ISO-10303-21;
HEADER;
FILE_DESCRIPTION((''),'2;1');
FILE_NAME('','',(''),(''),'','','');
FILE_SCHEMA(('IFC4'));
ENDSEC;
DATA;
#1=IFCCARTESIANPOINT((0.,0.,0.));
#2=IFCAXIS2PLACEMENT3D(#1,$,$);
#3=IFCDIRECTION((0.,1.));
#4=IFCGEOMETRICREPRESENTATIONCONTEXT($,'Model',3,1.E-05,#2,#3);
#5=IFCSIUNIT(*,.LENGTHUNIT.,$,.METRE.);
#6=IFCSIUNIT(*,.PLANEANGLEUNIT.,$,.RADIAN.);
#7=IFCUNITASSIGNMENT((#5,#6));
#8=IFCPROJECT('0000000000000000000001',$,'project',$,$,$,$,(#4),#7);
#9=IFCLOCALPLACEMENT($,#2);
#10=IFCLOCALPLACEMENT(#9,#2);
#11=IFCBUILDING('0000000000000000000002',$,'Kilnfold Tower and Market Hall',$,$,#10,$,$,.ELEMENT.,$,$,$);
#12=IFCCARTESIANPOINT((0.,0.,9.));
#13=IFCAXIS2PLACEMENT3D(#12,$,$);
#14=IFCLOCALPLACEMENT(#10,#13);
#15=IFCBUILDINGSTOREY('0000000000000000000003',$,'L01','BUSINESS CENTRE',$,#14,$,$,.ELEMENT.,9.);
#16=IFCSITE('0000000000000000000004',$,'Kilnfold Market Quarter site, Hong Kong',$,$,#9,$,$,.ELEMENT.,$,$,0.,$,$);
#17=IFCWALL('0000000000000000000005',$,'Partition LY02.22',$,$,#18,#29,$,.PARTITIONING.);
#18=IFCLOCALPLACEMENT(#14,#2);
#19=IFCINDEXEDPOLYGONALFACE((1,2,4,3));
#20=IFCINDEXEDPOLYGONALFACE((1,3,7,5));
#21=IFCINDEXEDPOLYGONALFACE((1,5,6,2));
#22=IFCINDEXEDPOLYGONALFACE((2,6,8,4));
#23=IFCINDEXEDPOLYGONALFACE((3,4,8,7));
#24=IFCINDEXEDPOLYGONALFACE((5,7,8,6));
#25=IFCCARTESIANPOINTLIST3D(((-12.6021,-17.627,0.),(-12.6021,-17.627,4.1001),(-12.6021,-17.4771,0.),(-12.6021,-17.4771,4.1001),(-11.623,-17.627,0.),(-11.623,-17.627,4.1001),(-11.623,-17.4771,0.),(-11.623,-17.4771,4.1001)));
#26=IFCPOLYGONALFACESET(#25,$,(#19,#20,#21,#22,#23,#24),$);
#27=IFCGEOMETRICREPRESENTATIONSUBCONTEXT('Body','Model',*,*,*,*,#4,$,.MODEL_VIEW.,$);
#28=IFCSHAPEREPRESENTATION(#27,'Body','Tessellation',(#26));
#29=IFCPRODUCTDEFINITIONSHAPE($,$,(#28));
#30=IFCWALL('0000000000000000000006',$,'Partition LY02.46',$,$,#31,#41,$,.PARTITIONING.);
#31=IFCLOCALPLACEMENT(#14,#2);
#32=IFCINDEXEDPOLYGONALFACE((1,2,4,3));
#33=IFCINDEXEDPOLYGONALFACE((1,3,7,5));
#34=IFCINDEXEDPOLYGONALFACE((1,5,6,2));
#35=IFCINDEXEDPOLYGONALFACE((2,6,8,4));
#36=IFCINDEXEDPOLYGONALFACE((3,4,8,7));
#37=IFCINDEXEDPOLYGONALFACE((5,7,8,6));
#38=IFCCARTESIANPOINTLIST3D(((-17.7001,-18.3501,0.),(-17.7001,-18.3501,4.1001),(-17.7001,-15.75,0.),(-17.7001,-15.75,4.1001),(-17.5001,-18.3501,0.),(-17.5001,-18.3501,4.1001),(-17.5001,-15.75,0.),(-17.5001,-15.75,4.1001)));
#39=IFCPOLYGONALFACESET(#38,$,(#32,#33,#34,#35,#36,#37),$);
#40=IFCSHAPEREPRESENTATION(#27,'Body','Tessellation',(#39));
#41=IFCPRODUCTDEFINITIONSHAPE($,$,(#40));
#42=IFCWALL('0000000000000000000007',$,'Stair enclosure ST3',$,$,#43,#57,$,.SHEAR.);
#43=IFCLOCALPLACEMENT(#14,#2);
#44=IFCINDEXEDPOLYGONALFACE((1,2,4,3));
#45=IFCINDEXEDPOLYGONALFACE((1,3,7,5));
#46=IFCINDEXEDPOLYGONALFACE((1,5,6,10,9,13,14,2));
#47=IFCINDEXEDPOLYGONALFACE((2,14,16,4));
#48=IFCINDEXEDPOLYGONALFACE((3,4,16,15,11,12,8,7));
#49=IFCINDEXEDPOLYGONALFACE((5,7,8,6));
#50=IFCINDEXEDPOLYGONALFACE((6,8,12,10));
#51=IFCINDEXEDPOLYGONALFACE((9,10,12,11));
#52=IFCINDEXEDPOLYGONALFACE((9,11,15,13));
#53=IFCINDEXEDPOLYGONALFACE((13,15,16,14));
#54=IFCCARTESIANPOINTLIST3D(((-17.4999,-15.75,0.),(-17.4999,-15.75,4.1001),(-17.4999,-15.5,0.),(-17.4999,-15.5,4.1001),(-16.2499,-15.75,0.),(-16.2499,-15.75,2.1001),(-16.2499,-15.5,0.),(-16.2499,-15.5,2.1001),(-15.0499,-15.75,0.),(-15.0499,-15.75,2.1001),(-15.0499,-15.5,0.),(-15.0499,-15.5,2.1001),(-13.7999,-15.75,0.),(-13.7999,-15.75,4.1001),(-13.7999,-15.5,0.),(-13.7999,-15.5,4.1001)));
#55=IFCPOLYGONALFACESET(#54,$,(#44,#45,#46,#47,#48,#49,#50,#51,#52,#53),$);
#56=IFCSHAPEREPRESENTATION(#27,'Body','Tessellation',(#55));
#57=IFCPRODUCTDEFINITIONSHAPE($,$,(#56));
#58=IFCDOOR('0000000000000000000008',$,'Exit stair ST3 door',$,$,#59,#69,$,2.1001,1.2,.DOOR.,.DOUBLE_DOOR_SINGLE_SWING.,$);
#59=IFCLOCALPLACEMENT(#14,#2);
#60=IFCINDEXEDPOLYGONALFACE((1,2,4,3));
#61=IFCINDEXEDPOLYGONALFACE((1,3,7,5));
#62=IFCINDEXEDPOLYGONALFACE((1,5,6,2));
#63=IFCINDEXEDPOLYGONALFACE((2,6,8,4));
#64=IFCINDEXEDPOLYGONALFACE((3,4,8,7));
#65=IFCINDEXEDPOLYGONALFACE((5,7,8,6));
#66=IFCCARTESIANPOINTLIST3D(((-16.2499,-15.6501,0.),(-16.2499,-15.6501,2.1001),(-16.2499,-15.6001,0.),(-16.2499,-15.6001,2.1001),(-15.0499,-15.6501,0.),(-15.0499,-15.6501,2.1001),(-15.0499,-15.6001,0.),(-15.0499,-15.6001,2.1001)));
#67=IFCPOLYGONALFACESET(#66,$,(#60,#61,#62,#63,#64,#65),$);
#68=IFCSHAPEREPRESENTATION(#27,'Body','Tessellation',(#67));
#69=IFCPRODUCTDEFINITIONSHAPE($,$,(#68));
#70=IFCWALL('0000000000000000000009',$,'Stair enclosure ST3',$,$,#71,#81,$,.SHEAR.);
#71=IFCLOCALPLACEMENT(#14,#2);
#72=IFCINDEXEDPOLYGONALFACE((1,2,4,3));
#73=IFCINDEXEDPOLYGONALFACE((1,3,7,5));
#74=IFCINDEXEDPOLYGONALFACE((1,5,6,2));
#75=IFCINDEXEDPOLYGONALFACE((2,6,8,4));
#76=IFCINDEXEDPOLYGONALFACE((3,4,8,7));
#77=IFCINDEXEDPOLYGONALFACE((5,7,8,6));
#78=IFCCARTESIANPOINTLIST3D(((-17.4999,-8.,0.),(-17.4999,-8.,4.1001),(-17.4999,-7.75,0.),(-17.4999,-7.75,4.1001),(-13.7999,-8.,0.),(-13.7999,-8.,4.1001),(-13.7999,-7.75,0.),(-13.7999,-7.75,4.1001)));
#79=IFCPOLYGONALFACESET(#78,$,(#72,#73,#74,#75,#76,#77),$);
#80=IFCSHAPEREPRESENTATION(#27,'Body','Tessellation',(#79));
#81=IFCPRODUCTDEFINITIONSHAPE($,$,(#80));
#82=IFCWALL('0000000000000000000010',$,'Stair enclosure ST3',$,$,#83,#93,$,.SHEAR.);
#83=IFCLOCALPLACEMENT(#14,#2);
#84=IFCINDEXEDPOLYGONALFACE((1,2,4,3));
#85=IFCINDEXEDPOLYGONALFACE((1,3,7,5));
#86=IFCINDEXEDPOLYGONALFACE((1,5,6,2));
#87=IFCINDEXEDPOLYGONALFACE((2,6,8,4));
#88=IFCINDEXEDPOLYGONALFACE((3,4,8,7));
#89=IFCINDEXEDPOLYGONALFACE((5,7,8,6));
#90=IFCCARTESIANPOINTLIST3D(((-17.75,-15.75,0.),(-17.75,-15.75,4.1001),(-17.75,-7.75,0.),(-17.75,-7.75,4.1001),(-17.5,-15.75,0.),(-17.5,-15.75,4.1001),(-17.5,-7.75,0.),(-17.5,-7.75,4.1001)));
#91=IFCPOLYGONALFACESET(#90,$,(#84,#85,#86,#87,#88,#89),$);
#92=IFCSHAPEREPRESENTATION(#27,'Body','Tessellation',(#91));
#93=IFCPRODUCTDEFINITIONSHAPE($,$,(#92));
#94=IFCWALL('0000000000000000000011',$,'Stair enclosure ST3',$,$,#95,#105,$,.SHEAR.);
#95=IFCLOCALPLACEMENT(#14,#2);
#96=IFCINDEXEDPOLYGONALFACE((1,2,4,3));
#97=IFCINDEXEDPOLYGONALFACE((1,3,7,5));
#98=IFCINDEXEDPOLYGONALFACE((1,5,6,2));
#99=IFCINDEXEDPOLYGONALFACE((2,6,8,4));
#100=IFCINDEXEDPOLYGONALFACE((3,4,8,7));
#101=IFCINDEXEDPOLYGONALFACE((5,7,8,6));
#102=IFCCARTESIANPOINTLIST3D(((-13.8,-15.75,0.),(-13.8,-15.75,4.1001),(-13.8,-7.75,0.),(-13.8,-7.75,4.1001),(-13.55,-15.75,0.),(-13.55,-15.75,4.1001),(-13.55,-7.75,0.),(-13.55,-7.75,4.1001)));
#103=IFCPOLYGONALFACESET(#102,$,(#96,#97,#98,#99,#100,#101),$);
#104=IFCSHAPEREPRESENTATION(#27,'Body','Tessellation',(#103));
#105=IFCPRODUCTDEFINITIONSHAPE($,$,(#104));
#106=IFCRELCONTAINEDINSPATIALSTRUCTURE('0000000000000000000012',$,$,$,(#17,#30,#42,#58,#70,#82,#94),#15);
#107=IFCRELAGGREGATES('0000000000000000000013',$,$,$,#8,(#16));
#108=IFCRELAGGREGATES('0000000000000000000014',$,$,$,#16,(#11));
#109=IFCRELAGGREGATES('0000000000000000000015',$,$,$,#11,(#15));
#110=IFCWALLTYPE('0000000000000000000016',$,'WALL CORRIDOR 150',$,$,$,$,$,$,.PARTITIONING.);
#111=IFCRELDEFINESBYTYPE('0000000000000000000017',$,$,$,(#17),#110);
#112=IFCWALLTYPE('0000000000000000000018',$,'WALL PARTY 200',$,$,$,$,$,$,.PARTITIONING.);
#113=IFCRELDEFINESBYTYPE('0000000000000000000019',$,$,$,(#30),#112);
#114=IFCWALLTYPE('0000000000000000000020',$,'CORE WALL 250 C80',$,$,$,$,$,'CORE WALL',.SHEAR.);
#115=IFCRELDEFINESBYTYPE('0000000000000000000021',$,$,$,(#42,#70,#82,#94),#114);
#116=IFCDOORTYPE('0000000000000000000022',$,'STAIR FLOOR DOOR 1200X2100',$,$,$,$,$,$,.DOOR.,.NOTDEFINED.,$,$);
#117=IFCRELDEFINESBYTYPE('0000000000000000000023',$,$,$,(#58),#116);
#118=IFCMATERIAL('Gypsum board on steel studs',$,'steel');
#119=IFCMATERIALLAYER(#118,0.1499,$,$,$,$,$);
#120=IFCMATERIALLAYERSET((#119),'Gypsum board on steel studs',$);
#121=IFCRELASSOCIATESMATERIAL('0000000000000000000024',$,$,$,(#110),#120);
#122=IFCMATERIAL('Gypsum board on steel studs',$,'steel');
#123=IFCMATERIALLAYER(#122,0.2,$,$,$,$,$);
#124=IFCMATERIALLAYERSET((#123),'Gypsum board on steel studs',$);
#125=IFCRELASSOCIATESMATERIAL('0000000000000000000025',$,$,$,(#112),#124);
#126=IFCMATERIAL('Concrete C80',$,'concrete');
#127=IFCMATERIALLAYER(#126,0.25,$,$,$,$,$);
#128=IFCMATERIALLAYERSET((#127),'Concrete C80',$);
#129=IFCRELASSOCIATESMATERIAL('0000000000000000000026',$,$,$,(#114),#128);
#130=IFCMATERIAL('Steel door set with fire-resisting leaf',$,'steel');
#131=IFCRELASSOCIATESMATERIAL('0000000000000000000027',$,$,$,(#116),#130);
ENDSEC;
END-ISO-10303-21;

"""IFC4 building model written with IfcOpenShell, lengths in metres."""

from ifc_helpers import new_model, si_unit, direction, frame, frame_2d, origin, place, context, subcontext, project, spatial, rectangle, extrude, source, transform, mapped, material, layer, layer_set, type_object, element, fill, save


model = new_model("IFC4")

# Units and contexts
model_context = context("Model", 3, precision=1e-05, world=origin(), true_north=direction((0.0, 1.0)))
body_context = subcontext(model_context, "Body", "Model", "MODEL_VIEW")
ifc_project = project(units=[si_unit("LENGTHUNIT", "METRE"), si_unit("PLANEANGLEUNIT", "RADIAN")], contexts=[model_context])

# Site, building, storey
site_placement = place(None, origin())
site = spatial("IfcSite", under=ifc_project, at=site_placement, Name="Kilnfold Market Quarter site, Hong Kong", CompositionType="ELEMENT", RefElevation=0.0)
building_placement = place(site_placement, origin())
building = spatial("IfcBuilding", under=site, at=building_placement, Name="Kilnfold Tower and Market Hall", CompositionType="ELEMENT")
storey_placement = place(building_placement, frame((0.0, 0.0, 9.0)))
storey = spatial("IfcBuildingStorey", under=building, at=storey_placement, Name="L01", Description="BUSINESS CENTRE", CompositionType="ELEMENT", Elevation=9.0)

# Shared definitions
ifc_material_1 = material(Name="Gypsum board on steel studs", Category="steel")
ifc_layer_1 = layer(ifc_material_1, 0.1499)
ifc_layer_set_1 = layer_set([ifc_layer_1], Name="Gypsum board on steel studs")
wall_type_1 = type_object("IfcWallType", Name="WALL CORRIDOR 150", PredefinedType="PARTITIONING", material=ifc_layer_set_1)

# Walls
wall_1_placement = place(storey_placement, frame((-12.6021, -17.552, 0.0), z_axis=(0.0, 0.0, 1.0), x_axis=(1.0, 0.0, 0.0)))
element("IfcWall", 1, at=wall_1_placement, inside=storey, type_object=wall_type_1, Name="Partition LY02.22", PredefinedType="PARTITIONING", context=body_context, shape_type="SweptSolid", body=[
    extrude(rectangle(XDim=0.979, YDim=0.1499, at=frame_2d((0.4895, 0.0))), origin(), (0.0, 0.0, 1.0), 4.1001),
])
ifc_material_2 = material(Name="Gypsum board on steel studs", Category="steel")
ifc_layer_2 = layer(ifc_material_2, 0.2)
ifc_layer_set_2 = layer_set([ifc_layer_2], Name="Gypsum board on steel studs")
wall_type_2 = type_object("IfcWallType", Name="WALL PARTY 200", PredefinedType="PARTITIONING", material=ifc_layer_set_2)
wall_2_placement = place(storey_placement, frame((-17.6001, -18.3501, 0.0), z_axis=(0.0, 0.0, 1.0), x_axis=(0.0, 1.0, 0.0)))
element("IfcWall", 2, at=wall_2_placement, inside=storey, type_object=wall_type_2, Name="Partition LY02.46", PredefinedType="PARTITIONING", context=body_context, shape_type="SweptSolid", body=[
    extrude(rectangle(XDim=2.6001, YDim=0.2, at=frame_2d((1.3, 0.0))), origin(), (0.0, 0.0, 1.0), 4.1001),
])

# Wall, opening, door
ifc_material_3 = material(Name="Concrete C80", Category="concrete")
ifc_layer_3 = layer(ifc_material_3, 0.25)
ifc_layer_set_3 = layer_set([ifc_layer_3], Name="Concrete C80")
wall_type_3 = type_object("IfcWallType", Name="CORE WALL 250 C80", ElementType="CORE WALL", PredefinedType="SHEAR", material=ifc_layer_set_3)
shared_shape_1 = source(origin(), body_context, "Body", "SweptSolid", [
    extrude(rectangle(XDim=3.7, YDim=0.25, at=frame_2d((1.8501, 0.0))), origin(), (0.0, 0.0, 1.0), 4.1001),
])
wall_3_placement = place(storey_placement, frame((-17.5, -15.625, 0.0), z_axis=(0.0, 0.0, 1.0), x_axis=(1.0, 0.0, 0.0)))
wall_3 = element("IfcWall", 3, at=wall_3_placement, inside=storey, type_object=wall_type_3, Name="Stair enclosure ST3", PredefinedType="SHEAR", context=body_context, shape_type="MappedRepresentation", body=[
    mapped(shared_shape_1, transform((0.0, 0.0, 0.0))),
])
opening_1_placement = place(wall_3_placement, frame((1.25, 0.0, 0.0)))
opening_1 = element("IfcOpeningElement", 4, at=opening_1_placement, cuts=wall_3, PredefinedType="OPENING", context=body_context, shape_type="SweptSolid", body=[
    extrude(rectangle(XDim=1.2, YDim=2.1001, at=frame_2d((0.6001, 1.05))), frame((0.0, 0.135, 0.0), z_axis=(0.0, -1.0, 0.0), x_axis=(1.0, 0.0, 0.0)), (0.0, 0.0, 1.0), 0.27),
])
ifc_material_4 = material(Name="Steel door set with fire-resisting leaf", Category="steel")
door_type_1 = type_object("IfcDoorType", Name="STAIR FLOOR DOOR 1200X2100", OperationType="NOTDEFINED", PredefinedType="DOOR", material=ifc_material_4)
door_1_placement = place(opening_1_placement, origin())
door_1 = element("IfcDoor", 5, at=door_1_placement, inside=storey, type_object=door_type_1, Name="Exit stair ST3 door", OperationType="DOUBLE_DOOR_SINGLE_SWING", OverallHeight=2.1001, OverallWidth=1.2, PredefinedType="DOOR", context=body_context, shape_type="SweptSolid", body=[
    extrude(rectangle(XDim=1.2, YDim=2.1001, at=frame_2d((0.6001, 1.05))), frame((0.0, 0.0249, 0.0), z_axis=(0.0, -1.0, 0.0), x_axis=(1.0, 0.0, 0.0)), (0.0, 0.0, 1.0), 0.05),
])
fill(opening_1, door_1)

# Walls
wall_4_placement = place(storey_placement, frame((-17.5, -7.875, 0.0), z_axis=(0.0, 0.0, 1.0), x_axis=(1.0, 0.0, 0.0)))
element("IfcWall", 6, at=wall_4_placement, inside=storey, type_object=wall_type_3, Name="Stair enclosure ST3", PredefinedType="SHEAR", context=body_context, shape_type="MappedRepresentation", body=[
    mapped(shared_shape_1, transform((0.0, 0.0, 0.0))),
])
shared_shape_2 = source(origin(), body_context, "Body", "SweptSolid", [
    extrude(rectangle(XDim=8.0, YDim=0.25, at=frame_2d((4.0, 0.0))), origin(), (0.0, 0.0, 1.0), 4.1001),
])
for number, where, z_axis, x_axis, name in (
    (7, (-17.625, -15.75, 0.0), (0.0, 0.0, 1.0), (0.0, 1.0, 0.0), "Stair enclosure ST3"),
    (8, (-13.675, -15.75, 0.0), (0.0, 0.0, 1.0), (0.0, 1.0, 0.0), "Stair enclosure ST3"),
):
    element("IfcWall", number, at=place(storey_placement, frame(where, z_axis=z_axis, x_axis=x_axis)), inside=storey, type_object=wall_type_3, Name=name, PredefinedType="SHEAR", context=body_context, shape_type="MappedRepresentation", body=[
        mapped(shared_shape_2, transform((0.0, 0.0, 0.0))),
    ])

save(model, "model.ifc")
